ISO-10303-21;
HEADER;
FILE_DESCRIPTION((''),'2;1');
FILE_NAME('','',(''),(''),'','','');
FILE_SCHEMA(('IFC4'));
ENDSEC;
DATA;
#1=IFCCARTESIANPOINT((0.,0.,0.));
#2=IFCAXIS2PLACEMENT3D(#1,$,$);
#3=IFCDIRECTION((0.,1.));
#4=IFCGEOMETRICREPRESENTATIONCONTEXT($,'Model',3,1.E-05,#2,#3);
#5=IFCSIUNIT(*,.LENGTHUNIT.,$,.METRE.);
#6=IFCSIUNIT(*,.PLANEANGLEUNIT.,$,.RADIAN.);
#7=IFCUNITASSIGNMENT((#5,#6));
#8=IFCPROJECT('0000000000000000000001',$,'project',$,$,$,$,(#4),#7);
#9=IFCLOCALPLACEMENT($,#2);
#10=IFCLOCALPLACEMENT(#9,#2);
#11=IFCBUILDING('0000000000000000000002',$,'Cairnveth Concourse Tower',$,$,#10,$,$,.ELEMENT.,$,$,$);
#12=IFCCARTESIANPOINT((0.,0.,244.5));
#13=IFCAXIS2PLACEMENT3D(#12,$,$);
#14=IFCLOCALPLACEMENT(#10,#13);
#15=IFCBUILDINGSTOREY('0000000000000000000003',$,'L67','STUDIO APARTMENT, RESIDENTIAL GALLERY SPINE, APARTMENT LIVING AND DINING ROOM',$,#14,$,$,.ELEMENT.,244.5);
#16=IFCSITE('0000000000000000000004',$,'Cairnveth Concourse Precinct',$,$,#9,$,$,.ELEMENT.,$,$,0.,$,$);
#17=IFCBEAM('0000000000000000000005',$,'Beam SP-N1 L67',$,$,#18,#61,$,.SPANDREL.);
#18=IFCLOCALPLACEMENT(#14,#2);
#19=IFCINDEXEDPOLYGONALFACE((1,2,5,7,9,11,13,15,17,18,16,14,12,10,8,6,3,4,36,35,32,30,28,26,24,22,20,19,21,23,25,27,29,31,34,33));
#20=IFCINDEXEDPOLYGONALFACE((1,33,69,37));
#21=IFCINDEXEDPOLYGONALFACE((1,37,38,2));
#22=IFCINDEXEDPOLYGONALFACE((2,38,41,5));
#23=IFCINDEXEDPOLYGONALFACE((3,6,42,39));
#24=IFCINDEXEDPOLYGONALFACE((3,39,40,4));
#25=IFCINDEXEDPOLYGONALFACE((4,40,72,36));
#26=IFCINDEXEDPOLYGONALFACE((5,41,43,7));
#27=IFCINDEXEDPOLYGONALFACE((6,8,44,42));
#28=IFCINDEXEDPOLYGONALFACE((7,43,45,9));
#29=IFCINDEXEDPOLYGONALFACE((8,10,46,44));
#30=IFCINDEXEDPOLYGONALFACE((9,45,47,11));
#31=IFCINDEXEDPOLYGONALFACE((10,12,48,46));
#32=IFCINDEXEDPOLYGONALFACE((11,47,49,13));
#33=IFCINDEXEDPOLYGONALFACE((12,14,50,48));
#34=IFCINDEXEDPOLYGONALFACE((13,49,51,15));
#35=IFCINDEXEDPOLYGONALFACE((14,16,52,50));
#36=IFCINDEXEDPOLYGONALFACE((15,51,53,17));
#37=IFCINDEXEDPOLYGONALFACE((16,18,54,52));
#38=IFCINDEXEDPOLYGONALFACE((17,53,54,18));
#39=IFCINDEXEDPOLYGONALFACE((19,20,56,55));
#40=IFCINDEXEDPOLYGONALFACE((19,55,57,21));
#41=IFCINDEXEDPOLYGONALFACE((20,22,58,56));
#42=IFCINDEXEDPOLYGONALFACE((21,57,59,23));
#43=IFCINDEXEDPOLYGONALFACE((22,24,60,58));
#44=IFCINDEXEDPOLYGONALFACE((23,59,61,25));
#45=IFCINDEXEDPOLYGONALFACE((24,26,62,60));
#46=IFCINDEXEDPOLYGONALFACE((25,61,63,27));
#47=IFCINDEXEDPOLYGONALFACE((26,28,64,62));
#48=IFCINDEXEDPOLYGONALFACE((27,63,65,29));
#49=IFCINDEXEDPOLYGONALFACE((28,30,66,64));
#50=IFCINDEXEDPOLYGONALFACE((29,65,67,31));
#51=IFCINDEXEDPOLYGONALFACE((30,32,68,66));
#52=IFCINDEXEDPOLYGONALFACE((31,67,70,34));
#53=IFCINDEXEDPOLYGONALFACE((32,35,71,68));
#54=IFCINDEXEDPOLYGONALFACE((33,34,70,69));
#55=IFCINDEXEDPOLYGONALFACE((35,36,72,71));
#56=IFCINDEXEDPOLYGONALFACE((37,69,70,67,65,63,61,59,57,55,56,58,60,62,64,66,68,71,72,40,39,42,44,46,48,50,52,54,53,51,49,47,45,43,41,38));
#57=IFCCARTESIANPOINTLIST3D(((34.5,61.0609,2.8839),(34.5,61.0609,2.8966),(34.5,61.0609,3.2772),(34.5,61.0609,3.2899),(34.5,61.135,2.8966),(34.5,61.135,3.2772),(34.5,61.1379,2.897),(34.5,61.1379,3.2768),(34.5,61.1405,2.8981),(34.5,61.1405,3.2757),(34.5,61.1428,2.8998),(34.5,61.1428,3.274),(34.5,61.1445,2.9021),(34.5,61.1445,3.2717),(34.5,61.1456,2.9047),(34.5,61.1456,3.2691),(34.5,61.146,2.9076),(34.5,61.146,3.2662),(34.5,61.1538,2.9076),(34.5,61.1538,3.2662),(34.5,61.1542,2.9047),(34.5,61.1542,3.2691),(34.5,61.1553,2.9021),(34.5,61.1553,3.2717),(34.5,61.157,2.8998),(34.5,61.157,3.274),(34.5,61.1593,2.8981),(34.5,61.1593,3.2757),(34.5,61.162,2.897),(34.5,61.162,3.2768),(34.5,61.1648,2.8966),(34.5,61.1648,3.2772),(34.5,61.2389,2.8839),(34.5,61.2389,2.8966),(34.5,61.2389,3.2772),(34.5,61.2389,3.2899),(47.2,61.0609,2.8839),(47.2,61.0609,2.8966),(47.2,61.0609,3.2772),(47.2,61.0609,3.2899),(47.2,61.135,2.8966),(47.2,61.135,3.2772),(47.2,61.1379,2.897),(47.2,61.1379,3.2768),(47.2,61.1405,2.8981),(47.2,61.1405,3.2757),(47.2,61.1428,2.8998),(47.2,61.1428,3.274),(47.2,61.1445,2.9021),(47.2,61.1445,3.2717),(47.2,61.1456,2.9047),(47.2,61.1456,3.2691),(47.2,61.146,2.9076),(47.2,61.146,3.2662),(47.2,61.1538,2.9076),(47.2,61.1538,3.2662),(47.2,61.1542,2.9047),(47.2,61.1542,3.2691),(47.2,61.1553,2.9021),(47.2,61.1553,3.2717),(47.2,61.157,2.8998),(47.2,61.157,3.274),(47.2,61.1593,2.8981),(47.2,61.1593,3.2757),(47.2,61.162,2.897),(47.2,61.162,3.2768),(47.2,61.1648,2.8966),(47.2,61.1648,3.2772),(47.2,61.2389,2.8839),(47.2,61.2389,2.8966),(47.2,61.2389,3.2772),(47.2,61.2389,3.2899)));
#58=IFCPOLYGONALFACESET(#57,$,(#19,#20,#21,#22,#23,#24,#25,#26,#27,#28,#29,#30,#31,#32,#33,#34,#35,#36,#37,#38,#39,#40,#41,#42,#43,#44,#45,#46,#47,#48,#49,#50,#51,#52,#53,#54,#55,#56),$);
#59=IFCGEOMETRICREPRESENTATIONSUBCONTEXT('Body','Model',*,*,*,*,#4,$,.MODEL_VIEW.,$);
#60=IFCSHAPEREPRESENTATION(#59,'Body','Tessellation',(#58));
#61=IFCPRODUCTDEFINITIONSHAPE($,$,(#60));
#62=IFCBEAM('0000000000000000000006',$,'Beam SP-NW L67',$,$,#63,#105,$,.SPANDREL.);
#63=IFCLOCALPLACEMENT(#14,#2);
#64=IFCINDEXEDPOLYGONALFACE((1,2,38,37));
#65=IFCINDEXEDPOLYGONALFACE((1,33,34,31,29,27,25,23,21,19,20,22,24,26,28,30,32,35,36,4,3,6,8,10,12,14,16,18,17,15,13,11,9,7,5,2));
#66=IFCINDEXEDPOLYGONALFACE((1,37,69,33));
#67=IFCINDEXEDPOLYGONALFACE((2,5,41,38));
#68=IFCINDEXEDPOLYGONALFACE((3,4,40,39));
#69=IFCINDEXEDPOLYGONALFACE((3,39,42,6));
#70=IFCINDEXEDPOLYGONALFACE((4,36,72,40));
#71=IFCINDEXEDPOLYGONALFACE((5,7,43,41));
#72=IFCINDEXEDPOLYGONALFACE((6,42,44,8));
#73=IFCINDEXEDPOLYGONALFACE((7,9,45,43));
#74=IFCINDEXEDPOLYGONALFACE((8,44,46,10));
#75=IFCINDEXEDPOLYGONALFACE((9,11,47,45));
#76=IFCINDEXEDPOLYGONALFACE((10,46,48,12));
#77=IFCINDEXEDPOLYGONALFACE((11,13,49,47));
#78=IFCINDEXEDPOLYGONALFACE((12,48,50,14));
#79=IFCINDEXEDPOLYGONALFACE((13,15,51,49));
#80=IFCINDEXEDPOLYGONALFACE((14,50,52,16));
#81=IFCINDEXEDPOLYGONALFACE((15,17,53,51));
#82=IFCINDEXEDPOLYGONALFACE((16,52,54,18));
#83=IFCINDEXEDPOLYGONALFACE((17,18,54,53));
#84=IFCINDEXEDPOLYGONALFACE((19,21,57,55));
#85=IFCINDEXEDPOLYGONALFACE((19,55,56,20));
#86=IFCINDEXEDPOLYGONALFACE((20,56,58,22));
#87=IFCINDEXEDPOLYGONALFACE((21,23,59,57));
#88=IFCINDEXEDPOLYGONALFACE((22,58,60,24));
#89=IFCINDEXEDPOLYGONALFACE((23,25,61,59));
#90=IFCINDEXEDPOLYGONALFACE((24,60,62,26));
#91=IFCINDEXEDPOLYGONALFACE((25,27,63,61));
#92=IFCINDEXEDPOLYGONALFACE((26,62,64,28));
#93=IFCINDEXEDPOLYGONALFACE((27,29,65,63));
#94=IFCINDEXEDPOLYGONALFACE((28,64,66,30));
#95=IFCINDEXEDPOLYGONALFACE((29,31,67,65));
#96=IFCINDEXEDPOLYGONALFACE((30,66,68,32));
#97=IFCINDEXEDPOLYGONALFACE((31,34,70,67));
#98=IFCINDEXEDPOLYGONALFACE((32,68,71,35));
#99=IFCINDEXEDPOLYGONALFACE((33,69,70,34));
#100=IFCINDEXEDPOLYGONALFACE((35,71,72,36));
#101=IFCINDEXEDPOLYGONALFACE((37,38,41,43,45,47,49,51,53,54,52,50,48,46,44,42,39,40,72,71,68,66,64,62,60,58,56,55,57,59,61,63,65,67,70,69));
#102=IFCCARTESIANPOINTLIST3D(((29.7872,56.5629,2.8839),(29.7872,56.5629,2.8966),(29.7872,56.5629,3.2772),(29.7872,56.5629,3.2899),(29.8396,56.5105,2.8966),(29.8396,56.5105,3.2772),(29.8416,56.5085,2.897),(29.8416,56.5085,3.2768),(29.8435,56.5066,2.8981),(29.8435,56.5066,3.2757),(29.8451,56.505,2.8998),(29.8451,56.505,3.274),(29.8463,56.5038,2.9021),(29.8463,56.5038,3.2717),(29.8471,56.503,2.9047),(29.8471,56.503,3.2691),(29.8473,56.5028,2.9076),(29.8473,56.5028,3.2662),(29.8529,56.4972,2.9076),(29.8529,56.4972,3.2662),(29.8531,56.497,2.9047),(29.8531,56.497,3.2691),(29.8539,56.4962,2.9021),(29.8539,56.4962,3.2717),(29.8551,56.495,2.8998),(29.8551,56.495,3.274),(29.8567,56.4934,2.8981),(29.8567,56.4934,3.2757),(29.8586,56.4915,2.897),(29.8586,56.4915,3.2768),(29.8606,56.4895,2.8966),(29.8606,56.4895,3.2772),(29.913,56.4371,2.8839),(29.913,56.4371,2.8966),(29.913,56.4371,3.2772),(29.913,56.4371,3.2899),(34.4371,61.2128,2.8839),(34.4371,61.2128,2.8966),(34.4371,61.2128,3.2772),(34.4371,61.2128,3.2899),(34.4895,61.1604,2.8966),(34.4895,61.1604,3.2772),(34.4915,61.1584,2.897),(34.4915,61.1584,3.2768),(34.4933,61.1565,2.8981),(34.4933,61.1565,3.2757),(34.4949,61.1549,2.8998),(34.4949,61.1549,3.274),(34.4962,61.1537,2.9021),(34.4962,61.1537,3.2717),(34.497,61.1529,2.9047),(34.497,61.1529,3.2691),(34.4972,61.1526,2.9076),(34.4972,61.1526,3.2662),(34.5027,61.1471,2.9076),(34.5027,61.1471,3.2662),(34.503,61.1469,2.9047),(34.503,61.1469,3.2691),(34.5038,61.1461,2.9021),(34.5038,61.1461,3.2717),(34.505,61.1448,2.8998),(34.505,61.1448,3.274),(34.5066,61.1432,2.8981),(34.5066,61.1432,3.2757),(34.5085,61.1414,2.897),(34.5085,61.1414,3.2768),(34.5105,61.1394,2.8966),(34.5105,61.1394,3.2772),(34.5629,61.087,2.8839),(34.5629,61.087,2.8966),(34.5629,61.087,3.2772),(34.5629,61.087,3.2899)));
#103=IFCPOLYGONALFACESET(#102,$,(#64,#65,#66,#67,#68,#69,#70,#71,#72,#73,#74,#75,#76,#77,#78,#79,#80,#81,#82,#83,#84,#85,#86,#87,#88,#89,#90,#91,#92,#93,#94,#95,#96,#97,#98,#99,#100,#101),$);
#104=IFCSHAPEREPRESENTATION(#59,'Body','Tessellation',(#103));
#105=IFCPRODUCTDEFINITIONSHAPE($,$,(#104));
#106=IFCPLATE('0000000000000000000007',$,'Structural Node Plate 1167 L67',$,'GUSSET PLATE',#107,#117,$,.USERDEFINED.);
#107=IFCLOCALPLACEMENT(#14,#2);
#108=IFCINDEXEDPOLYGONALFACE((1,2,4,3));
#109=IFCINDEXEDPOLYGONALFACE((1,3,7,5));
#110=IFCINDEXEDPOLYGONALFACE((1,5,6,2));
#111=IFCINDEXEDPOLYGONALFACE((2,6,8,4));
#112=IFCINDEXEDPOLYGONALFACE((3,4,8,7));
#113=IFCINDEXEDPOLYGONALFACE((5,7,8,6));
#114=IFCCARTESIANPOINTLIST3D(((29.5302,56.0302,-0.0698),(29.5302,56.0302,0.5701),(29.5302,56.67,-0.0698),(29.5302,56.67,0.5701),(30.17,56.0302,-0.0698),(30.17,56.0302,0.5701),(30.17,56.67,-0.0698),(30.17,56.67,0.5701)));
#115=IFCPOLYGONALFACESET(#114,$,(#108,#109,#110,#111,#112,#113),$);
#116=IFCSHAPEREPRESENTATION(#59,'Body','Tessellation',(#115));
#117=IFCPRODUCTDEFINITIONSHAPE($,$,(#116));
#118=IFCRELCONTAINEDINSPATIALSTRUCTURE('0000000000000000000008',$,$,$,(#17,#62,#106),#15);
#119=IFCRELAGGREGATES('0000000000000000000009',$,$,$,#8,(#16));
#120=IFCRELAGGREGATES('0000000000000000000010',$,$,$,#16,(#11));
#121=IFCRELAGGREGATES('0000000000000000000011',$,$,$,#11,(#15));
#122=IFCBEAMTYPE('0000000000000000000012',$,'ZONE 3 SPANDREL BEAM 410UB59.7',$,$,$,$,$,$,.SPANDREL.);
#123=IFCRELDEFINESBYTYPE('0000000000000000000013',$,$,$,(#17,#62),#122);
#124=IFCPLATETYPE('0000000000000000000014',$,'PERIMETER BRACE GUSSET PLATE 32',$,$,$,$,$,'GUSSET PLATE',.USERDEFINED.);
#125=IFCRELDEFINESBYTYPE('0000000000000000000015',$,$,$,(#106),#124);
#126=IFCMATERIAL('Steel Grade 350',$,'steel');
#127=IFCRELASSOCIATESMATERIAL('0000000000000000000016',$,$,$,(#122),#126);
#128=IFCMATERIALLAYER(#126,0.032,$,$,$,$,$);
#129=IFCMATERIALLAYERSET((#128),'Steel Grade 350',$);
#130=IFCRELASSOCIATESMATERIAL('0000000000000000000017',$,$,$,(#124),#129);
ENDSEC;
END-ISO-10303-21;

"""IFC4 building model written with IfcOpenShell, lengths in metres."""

from ifc_helpers import new_model, si_unit, direction, frame, origin, origin_2d, place, context, subcontext, project, spatial, rectangle, i_section, extrude, material, layer, layer_set, material_profile, profile_set, type_object, element, save


model = new_model("IFC4")

# Units and contexts
model_context = context("Model", 3, precision=1e-05, world=origin(), true_north=direction((0.0, 1.0)))
body_context = subcontext(model_context, "Body", "Model", "MODEL_VIEW")
ifc_project = project(units=[si_unit("LENGTHUNIT", "METRE"), si_unit("PLANEANGLEUNIT", "RADIAN")], contexts=[model_context])

# Site, building, storey
site_placement = place(None, origin())
site = spatial("IfcSite", under=ifc_project, at=site_placement, Name="Cairnveth Concourse Precinct", CompositionType="ELEMENT", RefElevation=0.0)
building_placement = place(site_placement, origin())
building = spatial("IfcBuilding", under=site, at=building_placement, Name="Cairnveth Concourse Tower", CompositionType="ELEMENT")
storey_placement = place(building_placement, frame((0.0, 0.0, 244.5)))
storey = spatial("IfcBuildingStorey", under=building, at=storey_placement, Name="L67", Description="STUDIO APARTMENT, RESIDENTIAL GALLERY SPINE, APARTMENT LIVING AND DINING ROOM", CompositionType="ELEMENT", Elevation=244.5)

# Shared definitions
ifc_material_1 = material(Name="Steel Grade 350", Category="steel")

# Beams
ifc_material_profile_1 = material_profile(ifc_material_1, i_section(OverallWidth=0.178, OverallDepth=0.406, WebThickness=0.0078, FlangeThickness=0.0127, FilletRadius=0.011, at=origin_2d()), Name="410UB59.7")
ifc_profile_set_1 = profile_set([ifc_material_profile_1], Name="Steel Grade 350")
beam_type_1 = type_object("IfcBeamType", Name="ZONE 3 SPANDREL BEAM 410UB59.7", PredefinedType="SPANDREL", material=ifc_profile_set_1)
beam_1_placement = place(storey_placement, frame((34.5, 61.1499, 3.0869), z_axis=(1.0, 0.0, 0.0), x_axis=(0.0, 1.0, 0.0)))
element("IfcBeam", 1, at=beam_1_placement, inside=storey, type_object=beam_type_1, Name="Beam SP-N1 L67", PredefinedType="SPANDREL", context=body_context, shape_type="SweptSolid", body=[
    extrude(i_section(OverallWidth=0.178, OverallDepth=0.406, WebThickness=0.0078, FlangeThickness=0.0127, FilletRadius=0.011, at=origin_2d()), origin(), (0.0, 0.0, 1.0), 12.7),
])
beam_2_placement = place(storey_placement, frame((29.8501, 56.5, 3.0869), z_axis=(0.707107, 0.707107, 0.0), x_axis=(-0.707107, 0.707107, 0.0)))
element("IfcBeam", 2, at=beam_2_placement, inside=storey, type_object=beam_type_1, Name="Beam SP-NW L67", PredefinedType="SPANDREL", context=body_context, shape_type="SweptSolid", body=[
    extrude(i_section(OverallWidth=0.178, OverallDepth=0.406, WebThickness=0.0078, FlangeThickness=0.0127, FilletRadius=0.011, at=origin_2d()), origin(), (0.0, 0.0, 1.0), 6.5759),
])

# Plate
ifc_layer_1 = layer(ifc_material_1, 0.032)
ifc_layer_set_1 = layer_set([ifc_layer_1], Name="Steel Grade 350")
plate_type = type_object("IfcPlateType", Name="PERIMETER BRACE GUSSET PLATE 32", ElementType="GUSSET PLATE", PredefinedType="USERDEFINED", material=ifc_layer_set_1)
plate_placement = place(storey_placement, frame((29.8501, 56.3501, -0.0698), z_axis=(0.0, 0.0, 1.0), x_axis=(1.0, 0.0, 0.0)))
element("IfcPlate", 3, at=plate_placement, inside=storey, type_object=plate_type, Name="Structural Node Plate 1167 L67", ObjectType="GUSSET PLATE", PredefinedType="USERDEFINED", context=body_context, shape_type="SweptSolid", body=[
    extrude(rectangle(XDim=0.6399, YDim=0.6399, at=origin_2d()), origin(), (0.0, 0.0, 1.0), 0.6399),
])

save(model, "model.ifc")
